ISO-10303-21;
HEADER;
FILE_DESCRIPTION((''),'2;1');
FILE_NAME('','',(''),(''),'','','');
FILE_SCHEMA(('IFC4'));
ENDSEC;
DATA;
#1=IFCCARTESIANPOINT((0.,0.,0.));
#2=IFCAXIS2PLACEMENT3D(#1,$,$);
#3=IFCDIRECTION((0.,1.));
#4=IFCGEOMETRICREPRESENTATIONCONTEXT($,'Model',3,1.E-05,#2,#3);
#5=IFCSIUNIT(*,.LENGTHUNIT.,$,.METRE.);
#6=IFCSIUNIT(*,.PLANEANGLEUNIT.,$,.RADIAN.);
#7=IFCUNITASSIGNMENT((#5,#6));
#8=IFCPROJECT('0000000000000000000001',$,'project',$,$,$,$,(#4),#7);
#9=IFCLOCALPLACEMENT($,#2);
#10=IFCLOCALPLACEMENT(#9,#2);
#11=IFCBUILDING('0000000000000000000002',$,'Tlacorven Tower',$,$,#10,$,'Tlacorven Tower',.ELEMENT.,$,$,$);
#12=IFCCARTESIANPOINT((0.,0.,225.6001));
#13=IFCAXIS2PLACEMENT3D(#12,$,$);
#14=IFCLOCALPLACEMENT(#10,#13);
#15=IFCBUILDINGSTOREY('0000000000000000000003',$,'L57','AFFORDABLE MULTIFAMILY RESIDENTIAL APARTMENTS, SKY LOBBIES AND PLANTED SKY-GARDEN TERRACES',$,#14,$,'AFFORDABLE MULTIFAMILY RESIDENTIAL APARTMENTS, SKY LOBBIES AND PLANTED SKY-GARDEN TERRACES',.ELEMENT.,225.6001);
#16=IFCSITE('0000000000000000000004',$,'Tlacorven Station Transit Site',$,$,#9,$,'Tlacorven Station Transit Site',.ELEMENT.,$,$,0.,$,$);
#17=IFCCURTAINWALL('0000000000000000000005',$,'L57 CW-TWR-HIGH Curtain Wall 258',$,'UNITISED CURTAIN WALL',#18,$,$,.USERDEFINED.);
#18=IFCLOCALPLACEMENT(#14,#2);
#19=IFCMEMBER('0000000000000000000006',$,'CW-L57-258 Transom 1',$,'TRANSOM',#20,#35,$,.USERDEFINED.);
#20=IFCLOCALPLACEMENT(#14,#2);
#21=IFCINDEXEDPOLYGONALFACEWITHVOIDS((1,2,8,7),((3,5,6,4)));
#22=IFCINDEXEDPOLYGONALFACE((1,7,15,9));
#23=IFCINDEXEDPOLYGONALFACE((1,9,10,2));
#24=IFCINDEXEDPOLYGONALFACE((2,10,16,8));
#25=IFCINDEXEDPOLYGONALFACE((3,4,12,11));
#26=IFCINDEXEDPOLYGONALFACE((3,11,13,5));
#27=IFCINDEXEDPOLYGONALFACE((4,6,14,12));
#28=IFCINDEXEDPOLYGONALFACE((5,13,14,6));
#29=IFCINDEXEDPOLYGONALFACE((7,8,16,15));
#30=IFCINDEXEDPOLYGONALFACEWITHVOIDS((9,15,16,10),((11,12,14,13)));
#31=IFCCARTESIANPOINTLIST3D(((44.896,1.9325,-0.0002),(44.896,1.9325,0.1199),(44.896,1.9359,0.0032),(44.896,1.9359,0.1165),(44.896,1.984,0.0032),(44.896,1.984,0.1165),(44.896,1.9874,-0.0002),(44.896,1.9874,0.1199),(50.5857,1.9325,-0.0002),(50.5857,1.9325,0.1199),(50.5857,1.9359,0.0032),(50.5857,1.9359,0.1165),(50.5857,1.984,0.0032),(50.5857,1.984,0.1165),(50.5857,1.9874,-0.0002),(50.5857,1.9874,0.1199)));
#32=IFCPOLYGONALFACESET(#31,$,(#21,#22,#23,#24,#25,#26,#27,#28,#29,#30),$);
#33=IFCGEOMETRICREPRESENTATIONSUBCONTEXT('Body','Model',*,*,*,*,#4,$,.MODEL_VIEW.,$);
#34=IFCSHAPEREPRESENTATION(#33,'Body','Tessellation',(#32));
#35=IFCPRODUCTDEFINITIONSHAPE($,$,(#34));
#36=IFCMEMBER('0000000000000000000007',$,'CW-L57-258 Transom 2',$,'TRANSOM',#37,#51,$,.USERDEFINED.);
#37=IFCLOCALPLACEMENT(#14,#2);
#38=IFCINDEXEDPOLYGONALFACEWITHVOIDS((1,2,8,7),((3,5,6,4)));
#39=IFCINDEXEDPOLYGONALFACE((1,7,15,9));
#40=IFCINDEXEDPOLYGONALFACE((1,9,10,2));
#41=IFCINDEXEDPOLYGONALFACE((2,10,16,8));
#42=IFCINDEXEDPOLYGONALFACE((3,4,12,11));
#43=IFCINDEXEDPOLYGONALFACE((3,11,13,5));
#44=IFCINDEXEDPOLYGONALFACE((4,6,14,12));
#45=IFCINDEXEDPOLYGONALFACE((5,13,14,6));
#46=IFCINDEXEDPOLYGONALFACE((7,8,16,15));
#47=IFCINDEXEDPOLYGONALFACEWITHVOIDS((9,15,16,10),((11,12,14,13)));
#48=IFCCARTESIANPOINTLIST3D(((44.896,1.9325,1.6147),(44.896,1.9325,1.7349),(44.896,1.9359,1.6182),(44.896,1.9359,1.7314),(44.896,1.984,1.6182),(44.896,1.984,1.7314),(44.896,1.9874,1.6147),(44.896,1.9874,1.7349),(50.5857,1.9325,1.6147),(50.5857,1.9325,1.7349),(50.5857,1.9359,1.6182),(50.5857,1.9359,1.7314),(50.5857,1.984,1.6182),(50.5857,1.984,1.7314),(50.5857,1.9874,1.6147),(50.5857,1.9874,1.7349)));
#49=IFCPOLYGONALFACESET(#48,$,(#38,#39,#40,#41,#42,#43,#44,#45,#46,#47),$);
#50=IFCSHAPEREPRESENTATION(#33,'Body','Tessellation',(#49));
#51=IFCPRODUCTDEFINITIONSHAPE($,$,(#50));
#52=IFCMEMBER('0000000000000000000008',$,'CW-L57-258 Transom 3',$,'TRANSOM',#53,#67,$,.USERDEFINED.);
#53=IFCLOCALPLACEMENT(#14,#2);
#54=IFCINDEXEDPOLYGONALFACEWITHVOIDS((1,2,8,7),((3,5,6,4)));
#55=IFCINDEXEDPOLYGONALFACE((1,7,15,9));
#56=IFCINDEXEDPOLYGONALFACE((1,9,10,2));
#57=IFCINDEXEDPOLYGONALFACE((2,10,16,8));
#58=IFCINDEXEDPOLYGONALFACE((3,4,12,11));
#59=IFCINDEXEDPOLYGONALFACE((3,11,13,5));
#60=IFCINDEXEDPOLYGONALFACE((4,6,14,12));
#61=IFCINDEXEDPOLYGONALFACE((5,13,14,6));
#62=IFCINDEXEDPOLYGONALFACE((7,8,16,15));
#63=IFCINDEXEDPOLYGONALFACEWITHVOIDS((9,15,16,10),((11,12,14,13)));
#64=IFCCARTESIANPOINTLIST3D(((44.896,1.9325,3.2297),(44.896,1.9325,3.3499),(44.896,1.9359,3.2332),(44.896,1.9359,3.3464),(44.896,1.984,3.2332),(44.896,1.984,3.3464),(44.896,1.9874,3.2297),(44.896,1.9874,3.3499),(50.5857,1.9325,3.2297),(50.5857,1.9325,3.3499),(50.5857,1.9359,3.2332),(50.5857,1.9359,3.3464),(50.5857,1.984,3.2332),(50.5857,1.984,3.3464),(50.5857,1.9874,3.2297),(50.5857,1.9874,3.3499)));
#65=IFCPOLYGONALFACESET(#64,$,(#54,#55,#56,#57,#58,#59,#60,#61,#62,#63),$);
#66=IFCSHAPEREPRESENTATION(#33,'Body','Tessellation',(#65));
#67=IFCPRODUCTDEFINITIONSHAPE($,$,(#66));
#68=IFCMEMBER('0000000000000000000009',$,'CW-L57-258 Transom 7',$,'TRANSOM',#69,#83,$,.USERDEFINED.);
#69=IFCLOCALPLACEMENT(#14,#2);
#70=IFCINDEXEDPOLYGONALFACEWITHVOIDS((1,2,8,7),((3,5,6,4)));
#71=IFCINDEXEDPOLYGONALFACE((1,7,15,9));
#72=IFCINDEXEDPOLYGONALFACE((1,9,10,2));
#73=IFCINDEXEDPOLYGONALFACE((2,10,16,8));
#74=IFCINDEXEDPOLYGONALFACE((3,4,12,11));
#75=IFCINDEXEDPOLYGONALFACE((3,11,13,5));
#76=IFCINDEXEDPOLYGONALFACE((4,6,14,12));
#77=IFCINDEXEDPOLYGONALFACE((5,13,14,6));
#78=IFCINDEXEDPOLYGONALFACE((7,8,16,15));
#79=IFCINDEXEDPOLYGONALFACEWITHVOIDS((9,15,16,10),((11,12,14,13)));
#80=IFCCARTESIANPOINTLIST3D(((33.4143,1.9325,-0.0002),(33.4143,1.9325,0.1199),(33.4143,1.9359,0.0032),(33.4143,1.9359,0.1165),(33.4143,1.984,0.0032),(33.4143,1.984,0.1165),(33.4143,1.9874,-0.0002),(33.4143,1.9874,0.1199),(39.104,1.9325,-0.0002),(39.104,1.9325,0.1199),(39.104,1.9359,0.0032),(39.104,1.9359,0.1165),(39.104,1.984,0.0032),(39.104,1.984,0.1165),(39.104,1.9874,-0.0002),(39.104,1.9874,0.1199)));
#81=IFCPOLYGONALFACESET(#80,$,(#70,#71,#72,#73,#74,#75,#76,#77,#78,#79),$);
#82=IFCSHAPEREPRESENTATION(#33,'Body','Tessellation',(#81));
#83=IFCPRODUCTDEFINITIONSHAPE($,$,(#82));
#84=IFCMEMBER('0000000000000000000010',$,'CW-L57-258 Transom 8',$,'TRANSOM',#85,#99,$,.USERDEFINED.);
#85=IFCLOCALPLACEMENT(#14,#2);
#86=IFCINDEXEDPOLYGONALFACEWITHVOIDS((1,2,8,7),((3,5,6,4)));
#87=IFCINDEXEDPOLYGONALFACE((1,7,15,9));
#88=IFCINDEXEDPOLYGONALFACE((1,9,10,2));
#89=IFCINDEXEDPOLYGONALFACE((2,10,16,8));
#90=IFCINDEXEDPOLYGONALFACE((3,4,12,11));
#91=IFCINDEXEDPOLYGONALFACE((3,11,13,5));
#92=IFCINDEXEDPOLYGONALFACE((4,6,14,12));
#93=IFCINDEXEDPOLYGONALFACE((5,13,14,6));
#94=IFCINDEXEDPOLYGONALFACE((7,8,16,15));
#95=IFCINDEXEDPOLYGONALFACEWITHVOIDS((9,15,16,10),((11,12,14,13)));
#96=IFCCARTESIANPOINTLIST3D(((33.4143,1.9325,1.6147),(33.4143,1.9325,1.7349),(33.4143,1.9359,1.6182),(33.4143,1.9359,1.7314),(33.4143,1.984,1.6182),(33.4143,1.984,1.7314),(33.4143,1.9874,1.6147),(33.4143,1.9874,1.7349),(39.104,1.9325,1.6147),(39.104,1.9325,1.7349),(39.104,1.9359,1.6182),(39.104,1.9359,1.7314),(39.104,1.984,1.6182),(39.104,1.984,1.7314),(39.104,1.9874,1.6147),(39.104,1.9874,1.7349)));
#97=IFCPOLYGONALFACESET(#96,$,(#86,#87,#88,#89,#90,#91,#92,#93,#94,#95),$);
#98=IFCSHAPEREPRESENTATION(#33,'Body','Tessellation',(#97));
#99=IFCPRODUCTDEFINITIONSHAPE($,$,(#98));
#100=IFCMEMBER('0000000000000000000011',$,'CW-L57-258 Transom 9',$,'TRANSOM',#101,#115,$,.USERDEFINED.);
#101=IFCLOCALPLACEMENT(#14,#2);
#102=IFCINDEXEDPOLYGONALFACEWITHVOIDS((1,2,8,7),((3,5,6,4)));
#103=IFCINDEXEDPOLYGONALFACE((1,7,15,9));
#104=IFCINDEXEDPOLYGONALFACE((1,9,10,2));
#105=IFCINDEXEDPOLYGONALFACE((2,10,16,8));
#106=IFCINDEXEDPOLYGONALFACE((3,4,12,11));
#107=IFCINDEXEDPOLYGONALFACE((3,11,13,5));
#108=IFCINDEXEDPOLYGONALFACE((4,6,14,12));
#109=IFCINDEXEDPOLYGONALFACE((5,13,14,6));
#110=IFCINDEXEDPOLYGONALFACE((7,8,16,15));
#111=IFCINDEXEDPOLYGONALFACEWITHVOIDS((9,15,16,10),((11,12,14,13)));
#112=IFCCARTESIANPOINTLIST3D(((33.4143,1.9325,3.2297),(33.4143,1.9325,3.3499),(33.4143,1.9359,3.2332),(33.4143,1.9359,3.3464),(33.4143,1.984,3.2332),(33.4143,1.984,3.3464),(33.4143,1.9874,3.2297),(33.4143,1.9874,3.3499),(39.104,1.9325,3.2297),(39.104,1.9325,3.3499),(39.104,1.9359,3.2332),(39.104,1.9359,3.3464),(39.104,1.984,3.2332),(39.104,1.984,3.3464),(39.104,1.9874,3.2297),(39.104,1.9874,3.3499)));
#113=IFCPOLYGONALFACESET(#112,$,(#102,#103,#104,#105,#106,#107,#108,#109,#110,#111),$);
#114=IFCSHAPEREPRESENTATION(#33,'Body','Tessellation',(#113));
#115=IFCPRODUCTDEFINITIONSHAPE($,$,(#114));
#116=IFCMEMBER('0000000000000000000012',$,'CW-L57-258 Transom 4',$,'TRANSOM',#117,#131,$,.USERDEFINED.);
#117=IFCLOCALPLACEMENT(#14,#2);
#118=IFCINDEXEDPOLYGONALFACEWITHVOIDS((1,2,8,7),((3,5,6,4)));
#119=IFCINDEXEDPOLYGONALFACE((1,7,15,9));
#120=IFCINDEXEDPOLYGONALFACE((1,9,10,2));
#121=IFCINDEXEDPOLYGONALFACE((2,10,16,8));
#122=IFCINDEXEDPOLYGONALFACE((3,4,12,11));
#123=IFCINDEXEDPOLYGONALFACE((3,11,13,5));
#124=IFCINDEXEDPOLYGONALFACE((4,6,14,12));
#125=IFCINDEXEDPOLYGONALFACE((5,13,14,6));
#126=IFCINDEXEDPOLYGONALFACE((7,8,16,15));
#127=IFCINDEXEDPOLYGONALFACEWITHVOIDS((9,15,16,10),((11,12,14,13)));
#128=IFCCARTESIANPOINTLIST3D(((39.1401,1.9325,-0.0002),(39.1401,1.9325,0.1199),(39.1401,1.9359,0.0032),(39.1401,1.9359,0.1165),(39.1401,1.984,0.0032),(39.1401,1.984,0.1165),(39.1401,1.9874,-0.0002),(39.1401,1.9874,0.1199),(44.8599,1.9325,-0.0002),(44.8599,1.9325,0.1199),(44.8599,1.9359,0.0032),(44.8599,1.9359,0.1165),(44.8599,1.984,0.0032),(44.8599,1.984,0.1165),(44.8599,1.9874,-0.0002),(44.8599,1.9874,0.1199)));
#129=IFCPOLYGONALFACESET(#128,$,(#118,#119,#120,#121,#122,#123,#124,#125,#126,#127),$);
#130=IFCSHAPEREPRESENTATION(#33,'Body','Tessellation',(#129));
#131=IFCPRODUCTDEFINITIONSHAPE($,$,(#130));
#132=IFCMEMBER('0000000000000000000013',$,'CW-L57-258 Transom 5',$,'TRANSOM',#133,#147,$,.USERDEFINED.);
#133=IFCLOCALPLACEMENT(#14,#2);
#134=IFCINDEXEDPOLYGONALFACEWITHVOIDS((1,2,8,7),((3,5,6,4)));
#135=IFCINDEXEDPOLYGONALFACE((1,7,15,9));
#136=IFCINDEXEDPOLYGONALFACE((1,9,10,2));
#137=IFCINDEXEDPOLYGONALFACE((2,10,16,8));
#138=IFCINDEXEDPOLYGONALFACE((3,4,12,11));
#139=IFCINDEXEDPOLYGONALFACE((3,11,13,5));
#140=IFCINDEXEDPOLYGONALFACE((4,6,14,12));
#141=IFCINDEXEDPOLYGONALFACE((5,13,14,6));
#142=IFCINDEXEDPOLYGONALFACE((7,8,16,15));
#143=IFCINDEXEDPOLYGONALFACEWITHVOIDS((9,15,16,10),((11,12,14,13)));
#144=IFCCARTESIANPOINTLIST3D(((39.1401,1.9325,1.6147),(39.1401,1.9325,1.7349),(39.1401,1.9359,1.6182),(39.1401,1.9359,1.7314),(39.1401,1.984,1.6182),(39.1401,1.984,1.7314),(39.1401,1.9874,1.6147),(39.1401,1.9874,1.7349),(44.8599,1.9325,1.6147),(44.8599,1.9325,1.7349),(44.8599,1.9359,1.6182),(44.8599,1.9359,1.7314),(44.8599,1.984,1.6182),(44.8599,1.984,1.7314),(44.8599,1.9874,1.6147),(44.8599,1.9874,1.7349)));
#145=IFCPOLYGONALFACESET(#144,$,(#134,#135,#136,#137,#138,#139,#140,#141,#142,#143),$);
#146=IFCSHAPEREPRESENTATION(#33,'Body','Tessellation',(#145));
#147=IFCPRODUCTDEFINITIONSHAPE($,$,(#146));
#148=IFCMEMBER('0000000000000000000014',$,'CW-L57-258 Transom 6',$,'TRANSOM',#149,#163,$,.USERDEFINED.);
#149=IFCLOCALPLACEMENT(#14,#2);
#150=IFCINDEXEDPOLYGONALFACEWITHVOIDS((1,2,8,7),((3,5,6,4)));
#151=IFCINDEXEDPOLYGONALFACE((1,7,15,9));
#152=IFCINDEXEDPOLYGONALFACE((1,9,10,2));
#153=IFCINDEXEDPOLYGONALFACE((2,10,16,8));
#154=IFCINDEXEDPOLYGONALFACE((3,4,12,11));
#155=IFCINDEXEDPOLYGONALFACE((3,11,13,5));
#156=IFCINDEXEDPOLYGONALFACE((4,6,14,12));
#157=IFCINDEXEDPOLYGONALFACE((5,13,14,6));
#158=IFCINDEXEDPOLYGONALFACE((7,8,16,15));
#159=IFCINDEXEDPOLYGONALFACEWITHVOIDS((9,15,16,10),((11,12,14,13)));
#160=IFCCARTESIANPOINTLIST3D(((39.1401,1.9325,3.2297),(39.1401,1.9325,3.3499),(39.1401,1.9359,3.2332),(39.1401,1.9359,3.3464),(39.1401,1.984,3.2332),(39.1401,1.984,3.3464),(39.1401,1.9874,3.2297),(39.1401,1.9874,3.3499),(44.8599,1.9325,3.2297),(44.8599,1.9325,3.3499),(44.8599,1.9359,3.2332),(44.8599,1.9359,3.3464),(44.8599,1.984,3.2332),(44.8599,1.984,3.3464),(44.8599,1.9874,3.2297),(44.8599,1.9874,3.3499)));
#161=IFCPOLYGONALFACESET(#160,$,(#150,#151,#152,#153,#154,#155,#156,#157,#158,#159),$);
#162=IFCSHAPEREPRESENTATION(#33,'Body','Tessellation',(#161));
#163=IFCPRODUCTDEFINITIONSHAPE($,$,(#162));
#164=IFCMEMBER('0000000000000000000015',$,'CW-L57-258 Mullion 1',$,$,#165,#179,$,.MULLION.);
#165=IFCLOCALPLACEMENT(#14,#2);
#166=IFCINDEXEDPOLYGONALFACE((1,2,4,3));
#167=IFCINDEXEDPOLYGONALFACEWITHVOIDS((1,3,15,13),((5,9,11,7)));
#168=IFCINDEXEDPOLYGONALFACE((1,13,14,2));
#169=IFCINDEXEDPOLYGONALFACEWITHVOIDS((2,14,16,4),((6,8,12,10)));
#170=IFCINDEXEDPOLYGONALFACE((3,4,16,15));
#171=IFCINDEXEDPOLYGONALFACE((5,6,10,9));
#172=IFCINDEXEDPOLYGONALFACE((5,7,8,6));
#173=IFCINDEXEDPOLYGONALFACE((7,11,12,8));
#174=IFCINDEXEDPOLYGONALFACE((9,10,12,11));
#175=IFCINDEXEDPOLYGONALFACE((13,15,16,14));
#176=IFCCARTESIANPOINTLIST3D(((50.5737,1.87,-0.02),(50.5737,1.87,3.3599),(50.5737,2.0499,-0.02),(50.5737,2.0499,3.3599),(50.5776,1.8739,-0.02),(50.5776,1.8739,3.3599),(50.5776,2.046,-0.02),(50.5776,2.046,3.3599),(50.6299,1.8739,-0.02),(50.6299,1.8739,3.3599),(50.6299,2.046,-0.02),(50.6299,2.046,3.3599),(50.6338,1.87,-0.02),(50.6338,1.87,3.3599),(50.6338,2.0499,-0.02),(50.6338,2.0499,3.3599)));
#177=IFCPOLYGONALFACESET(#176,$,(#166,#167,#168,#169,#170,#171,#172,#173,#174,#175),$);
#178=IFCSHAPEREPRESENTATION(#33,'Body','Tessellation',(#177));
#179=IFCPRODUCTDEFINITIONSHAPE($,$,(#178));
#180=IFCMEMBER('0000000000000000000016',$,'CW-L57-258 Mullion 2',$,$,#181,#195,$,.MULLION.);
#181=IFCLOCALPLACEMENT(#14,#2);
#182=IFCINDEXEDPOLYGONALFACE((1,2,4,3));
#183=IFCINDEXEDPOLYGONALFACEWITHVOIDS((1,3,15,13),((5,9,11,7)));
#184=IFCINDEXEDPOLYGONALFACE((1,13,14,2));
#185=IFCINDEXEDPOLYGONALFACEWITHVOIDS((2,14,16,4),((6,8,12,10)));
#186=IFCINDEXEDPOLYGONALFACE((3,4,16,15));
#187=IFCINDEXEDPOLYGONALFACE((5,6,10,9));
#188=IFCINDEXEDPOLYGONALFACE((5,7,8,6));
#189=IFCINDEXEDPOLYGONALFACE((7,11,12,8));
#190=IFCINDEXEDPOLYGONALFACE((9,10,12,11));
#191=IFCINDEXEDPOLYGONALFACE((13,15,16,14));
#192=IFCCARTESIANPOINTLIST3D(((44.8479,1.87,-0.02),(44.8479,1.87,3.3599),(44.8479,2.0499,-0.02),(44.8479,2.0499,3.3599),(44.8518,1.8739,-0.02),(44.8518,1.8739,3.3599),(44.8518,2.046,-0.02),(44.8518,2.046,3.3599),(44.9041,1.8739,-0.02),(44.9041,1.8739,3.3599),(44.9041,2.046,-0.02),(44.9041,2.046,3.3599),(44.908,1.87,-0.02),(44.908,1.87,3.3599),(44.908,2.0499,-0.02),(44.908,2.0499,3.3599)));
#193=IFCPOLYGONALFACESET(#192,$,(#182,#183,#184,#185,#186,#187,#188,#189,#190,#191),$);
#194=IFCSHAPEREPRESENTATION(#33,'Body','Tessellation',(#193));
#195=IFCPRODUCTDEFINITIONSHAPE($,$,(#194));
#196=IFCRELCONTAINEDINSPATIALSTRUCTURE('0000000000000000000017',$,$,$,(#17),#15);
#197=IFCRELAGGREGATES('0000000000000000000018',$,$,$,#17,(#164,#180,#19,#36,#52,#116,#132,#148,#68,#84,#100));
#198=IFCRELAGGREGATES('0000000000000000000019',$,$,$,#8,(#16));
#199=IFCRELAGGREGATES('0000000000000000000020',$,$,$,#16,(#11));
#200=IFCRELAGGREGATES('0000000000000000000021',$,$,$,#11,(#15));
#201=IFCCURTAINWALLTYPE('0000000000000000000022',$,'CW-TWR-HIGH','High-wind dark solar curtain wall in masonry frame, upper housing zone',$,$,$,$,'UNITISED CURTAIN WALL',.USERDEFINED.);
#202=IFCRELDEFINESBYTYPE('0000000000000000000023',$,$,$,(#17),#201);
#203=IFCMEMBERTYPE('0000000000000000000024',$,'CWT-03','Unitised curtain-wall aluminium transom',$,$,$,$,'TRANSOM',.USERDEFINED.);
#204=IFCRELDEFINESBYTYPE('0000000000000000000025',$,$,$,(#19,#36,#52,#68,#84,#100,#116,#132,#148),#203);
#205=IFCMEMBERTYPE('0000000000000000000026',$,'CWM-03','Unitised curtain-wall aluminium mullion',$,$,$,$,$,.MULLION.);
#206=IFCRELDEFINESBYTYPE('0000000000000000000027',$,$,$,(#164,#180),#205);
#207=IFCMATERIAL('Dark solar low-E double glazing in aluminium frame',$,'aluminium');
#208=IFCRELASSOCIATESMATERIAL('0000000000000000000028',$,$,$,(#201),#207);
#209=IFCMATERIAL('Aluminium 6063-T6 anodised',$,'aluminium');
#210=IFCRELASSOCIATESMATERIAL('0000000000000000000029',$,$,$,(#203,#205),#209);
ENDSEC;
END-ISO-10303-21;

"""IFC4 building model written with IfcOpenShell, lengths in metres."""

from ifc_helpers import new_model, si_unit, direction, frame, origin, origin_2d, place, context, subcontext, project, spatial, hollow_rectangle, extrude, source, transform, mapped, material, material_profile, profile_set, type_object, element, aggregate, save


model = new_model("IFC4")

# Units and contexts
model_context = context("Model", 3, precision=1e-05, world=origin(), true_north=direction((0.0, 1.0)))
body_context = subcontext(model_context, "Body", "Model", "MODEL_VIEW")
ifc_project = project(units=[si_unit("LENGTHUNIT", "METRE"), si_unit("PLANEANGLEUNIT", "RADIAN")], contexts=[model_context])

# Site, building, storey
site_placement = place(None, origin())
site = spatial("IfcSite", under=ifc_project, at=site_placement, Name="Tlacorven Station Transit Site", LongName="Tlacorven Station Transit Site", CompositionType="ELEMENT", RefElevation=0.0)
building_placement = place(site_placement, origin())
building = spatial("IfcBuilding", under=site, at=building_placement, Name="Tlacorven Tower", LongName="Tlacorven Tower", CompositionType="ELEMENT")
storey_placement = place(building_placement, frame((0.0, 0.0, 225.6001)))
storey = spatial("IfcBuildingStorey", under=building, at=storey_placement, Name="L57", Description="AFFORDABLE MULTIFAMILY RESIDENTIAL APARTMENTS, SKY LOBBIES AND PLANTED SKY-GARDEN TERRACES", LongName="AFFORDABLE MULTIFAMILY RESIDENTIAL APARTMENTS, SKY LOBBIES AND PLANTED SKY-GARDEN TERRACES", CompositionType="ELEMENT", Elevation=225.6001)

# Curtain wall, members
ifc_material_1 = material(Name="Dark solar low-E double glazing in aluminium frame", Category="aluminium")
curtain_wall_type = type_object("IfcCurtainWallType", Name="CW-TWR-HIGH", Description="High-wind dark solar curtain wall in masonry frame, upper housing zone", ElementType="UNITISED CURTAIN WALL", PredefinedType="USERDEFINED", material=ifc_material_1)
curtain_wall_placement = place(storey_placement, origin())
curtain_wall = element("IfcCurtainWall", 1, at=curtain_wall_placement, inside=storey, type_object=curtain_wall_type, Name="L57 CW-TWR-HIGH Curtain Wall 258", ObjectType="UNITISED CURTAIN WALL", PredefinedType="USERDEFINED")
ifc_material_2 = material(Name="Aluminium 6063-T6 anodised", Category="aluminium")
ifc_material_profile_1 = material_profile(ifc_material_2, hollow_rectangle(XDim=0.0549, YDim=0.1201, WallThickness=0.0034, at=origin_2d()), Name="ALU TRANSOM 55X120")
ifc_profile_set_1 = profile_set([ifc_material_profile_1], Name="Aluminium 6063-T6 anodised")
member_type_1 = type_object("IfcMemberType", Name="CWT-03", Description="Unitised curtain-wall aluminium transom", ElementType="TRANSOM", PredefinedType="USERDEFINED", material=ifc_profile_set_1)
shared_shape_1 = source(origin(), body_context, "Body", "SweptSolid", [
    extrude(hollow_rectangle(XDim=0.0549, YDim=0.1201, WallThickness=0.0034, at=origin_2d()), origin(), (0.0, 0.0, 1.0), 5.6897),
])
member_1_placement = place(storey_placement, frame((50.5857, 1.96, 0.0598), z_axis=(-1.0, 0.0, 0.0), x_axis=(0.0, -1.0, 0.0)))
member_1 = element("IfcMember", 2, at=member_1_placement, type_object=member_type_1, Name="CW-L57-258 Transom 1", ObjectType="TRANSOM", PredefinedType="USERDEFINED", context=body_context, shape_type="MappedRepresentation", body=[
    mapped(shared_shape_1, transform((0.0, 0.0, 0.0), scale=1.0)),
])
member_2_placement = place(storey_placement, frame((50.5857, 1.96, 1.6748), z_axis=(-1.0, 0.0, 0.0), x_axis=(0.0, -1.0, 0.0)))
member_2 = element("IfcMember", 3, at=member_2_placement, type_object=member_type_1, Name="CW-L57-258 Transom 2", ObjectType="TRANSOM", PredefinedType="USERDEFINED", context=body_context, shape_type="MappedRepresentation", body=[
    mapped(shared_shape_1, transform((0.0, 0.0, 0.0), scale=1.0)),
])
member_3_placement = place(storey_placement, frame((50.5857, 1.96, 3.2898), z_axis=(-1.0, 0.0, 0.0), x_axis=(0.0, -1.0, 0.0)))
member_3 = element("IfcMember", 4, at=member_3_placement, type_object=member_type_1, Name="CW-L57-258 Transom 3", ObjectType="TRANSOM", PredefinedType="USERDEFINED", context=body_context, shape_type="MappedRepresentation", body=[
    mapped(shared_shape_1, transform((0.0, 0.0, 0.0), scale=1.0)),
])
member_4_placement = place(storey_placement, frame((39.104, 1.96, 0.0598), z_axis=(-1.0, 0.0, 0.0), x_axis=(0.0, -1.0, 0.0)))
member_4 = element("IfcMember", 5, at=member_4_placement, type_object=member_type_1, Name="CW-L57-258 Transom 7", ObjectType="TRANSOM", PredefinedType="USERDEFINED", context=body_context, shape_type="MappedRepresentation", body=[
    mapped(shared_shape_1, transform((0.0, 0.0, 0.0), scale=1.0)),
])
member_5_placement = place(storey_placement, frame((39.104, 1.96, 1.6748), z_axis=(-1.0, 0.0, 0.0), x_axis=(0.0, -1.0, 0.0)))
member_5 = element("IfcMember", 6, at=member_5_placement, type_object=member_type_1, Name="CW-L57-258 Transom 8", ObjectType="TRANSOM", PredefinedType="USERDEFINED", context=body_context, shape_type="MappedRepresentation", body=[
    mapped(shared_shape_1, transform((0.0, 0.0, 0.0), scale=1.0)),
])
member_6_placement = place(storey_placement, frame((39.104, 1.96, 3.2898), z_axis=(-1.0, 0.0, 0.0), x_axis=(0.0, -1.0, 0.0)))
member_6 = element("IfcMember", 7, at=member_6_placement, type_object=member_type_1, Name="CW-L57-258 Transom 9", ObjectType="TRANSOM", PredefinedType="USERDEFINED", context=body_context, shape_type="MappedRepresentation", body=[
    mapped(shared_shape_1, transform((0.0, 0.0, 0.0), scale=1.0)),
])
shared_shape_2 = source(origin(), body_context, "Body", "SweptSolid", [
    extrude(hollow_rectangle(XDim=0.0549, YDim=0.1201, WallThickness=0.0034, at=origin_2d()), origin(), (0.0, 0.0, 1.0), 5.7197),
])
member_7_placement = place(storey_placement, frame((44.8599, 1.96, 0.0598), z_axis=(-1.0, 0.0, 0.0), x_axis=(0.0, -1.0, 0.0)))
member_7 = element("IfcMember", 8, at=member_7_placement, type_object=member_type_1, Name="CW-L57-258 Transom 4", ObjectType="TRANSOM", PredefinedType="USERDEFINED", context=body_context, shape_type="MappedRepresentation", body=[
    mapped(shared_shape_2, transform((0.0, 0.0, 0.0), scale=1.0)),
])
member_8_placement = place(storey_placement, frame((44.8599, 1.96, 1.6748), z_axis=(-1.0, 0.0, 0.0), x_axis=(0.0, -1.0, 0.0)))
member_8 = element("IfcMember", 9, at=member_8_placement, type_object=member_type_1, Name="CW-L57-258 Transom 5", ObjectType="TRANSOM", PredefinedType="USERDEFINED", context=body_context, shape_type="MappedRepresentation", body=[
    mapped(shared_shape_2, transform((0.0, 0.0, 0.0), scale=1.0)),
])
member_9_placement = place(storey_placement, frame((44.8599, 1.96, 3.2898), z_axis=(-1.0, 0.0, 0.0), x_axis=(0.0, -1.0, 0.0)))
member_9 = element("IfcMember", 10, at=member_9_placement, type_object=member_type_1, Name="CW-L57-258 Transom 6", ObjectType="TRANSOM", PredefinedType="USERDEFINED", context=body_context, shape_type="MappedRepresentation", body=[
    mapped(shared_shape_2, transform((0.0, 0.0, 0.0), scale=1.0)),
])
ifc_material_profile_2 = material_profile(ifc_material_2, hollow_rectangle(XDim=0.0601, YDim=0.1799, WallThickness=0.0039, at=origin_2d()), Name="ALU MULLION 60X180")
ifc_profile_set_2 = profile_set([ifc_material_profile_2], Name="Aluminium 6063-T6 anodised")
member_type_2 = type_object("IfcMemberType", Name="CWM-03", Description="Unitised curtain-wall aluminium mullion", PredefinedType="MULLION", material=ifc_profile_set_2)
shared_shape_3 = source(origin(), body_context, "Body", "SweptSolid", [
    extrude(hollow_rectangle(XDim=0.0601, YDim=0.1799, WallThickness=0.0039, at=origin_2d()), origin(), (0.0, 0.0, 1.0), 3.3799),
])
member_10_placement = place(storey_placement, frame((50.6038, 1.96, -0.02), z_axis=(0.0, 0.0, 1.0), x_axis=(-1.0, 0.0, 0.0)))
member_10 = element("IfcMember", 11, at=member_10_placement, type_object=member_type_2, Name="CW-L57-258 Mullion 1", PredefinedType="MULLION", context=body_context, shape_type="MappedRepresentation", body=[
    mapped(shared_shape_3, transform((0.0, 0.0, 0.0), scale=1.0)),
])
member_11_placement = place(storey_placement, frame((44.8779, 1.96, -0.02), z_axis=(0.0, 0.0, 1.0), x_axis=(-1.0, 0.0, 0.0)))
member_11 = element("IfcMember", 12, at=member_11_placement, type_object=member_type_2, Name="CW-L57-258 Mullion 2", PredefinedType="MULLION", context=body_context, shape_type="MappedRepresentation", body=[
    mapped(shared_shape_3, transform((0.0, 0.0, 0.0), scale=1.0)),
])
aggregate(curtain_wall, [member_10, member_11, member_1, member_2, member_3, member_7, member_8, member_9, member_4, member_5, member_6])

save(model, "model.ifc")
